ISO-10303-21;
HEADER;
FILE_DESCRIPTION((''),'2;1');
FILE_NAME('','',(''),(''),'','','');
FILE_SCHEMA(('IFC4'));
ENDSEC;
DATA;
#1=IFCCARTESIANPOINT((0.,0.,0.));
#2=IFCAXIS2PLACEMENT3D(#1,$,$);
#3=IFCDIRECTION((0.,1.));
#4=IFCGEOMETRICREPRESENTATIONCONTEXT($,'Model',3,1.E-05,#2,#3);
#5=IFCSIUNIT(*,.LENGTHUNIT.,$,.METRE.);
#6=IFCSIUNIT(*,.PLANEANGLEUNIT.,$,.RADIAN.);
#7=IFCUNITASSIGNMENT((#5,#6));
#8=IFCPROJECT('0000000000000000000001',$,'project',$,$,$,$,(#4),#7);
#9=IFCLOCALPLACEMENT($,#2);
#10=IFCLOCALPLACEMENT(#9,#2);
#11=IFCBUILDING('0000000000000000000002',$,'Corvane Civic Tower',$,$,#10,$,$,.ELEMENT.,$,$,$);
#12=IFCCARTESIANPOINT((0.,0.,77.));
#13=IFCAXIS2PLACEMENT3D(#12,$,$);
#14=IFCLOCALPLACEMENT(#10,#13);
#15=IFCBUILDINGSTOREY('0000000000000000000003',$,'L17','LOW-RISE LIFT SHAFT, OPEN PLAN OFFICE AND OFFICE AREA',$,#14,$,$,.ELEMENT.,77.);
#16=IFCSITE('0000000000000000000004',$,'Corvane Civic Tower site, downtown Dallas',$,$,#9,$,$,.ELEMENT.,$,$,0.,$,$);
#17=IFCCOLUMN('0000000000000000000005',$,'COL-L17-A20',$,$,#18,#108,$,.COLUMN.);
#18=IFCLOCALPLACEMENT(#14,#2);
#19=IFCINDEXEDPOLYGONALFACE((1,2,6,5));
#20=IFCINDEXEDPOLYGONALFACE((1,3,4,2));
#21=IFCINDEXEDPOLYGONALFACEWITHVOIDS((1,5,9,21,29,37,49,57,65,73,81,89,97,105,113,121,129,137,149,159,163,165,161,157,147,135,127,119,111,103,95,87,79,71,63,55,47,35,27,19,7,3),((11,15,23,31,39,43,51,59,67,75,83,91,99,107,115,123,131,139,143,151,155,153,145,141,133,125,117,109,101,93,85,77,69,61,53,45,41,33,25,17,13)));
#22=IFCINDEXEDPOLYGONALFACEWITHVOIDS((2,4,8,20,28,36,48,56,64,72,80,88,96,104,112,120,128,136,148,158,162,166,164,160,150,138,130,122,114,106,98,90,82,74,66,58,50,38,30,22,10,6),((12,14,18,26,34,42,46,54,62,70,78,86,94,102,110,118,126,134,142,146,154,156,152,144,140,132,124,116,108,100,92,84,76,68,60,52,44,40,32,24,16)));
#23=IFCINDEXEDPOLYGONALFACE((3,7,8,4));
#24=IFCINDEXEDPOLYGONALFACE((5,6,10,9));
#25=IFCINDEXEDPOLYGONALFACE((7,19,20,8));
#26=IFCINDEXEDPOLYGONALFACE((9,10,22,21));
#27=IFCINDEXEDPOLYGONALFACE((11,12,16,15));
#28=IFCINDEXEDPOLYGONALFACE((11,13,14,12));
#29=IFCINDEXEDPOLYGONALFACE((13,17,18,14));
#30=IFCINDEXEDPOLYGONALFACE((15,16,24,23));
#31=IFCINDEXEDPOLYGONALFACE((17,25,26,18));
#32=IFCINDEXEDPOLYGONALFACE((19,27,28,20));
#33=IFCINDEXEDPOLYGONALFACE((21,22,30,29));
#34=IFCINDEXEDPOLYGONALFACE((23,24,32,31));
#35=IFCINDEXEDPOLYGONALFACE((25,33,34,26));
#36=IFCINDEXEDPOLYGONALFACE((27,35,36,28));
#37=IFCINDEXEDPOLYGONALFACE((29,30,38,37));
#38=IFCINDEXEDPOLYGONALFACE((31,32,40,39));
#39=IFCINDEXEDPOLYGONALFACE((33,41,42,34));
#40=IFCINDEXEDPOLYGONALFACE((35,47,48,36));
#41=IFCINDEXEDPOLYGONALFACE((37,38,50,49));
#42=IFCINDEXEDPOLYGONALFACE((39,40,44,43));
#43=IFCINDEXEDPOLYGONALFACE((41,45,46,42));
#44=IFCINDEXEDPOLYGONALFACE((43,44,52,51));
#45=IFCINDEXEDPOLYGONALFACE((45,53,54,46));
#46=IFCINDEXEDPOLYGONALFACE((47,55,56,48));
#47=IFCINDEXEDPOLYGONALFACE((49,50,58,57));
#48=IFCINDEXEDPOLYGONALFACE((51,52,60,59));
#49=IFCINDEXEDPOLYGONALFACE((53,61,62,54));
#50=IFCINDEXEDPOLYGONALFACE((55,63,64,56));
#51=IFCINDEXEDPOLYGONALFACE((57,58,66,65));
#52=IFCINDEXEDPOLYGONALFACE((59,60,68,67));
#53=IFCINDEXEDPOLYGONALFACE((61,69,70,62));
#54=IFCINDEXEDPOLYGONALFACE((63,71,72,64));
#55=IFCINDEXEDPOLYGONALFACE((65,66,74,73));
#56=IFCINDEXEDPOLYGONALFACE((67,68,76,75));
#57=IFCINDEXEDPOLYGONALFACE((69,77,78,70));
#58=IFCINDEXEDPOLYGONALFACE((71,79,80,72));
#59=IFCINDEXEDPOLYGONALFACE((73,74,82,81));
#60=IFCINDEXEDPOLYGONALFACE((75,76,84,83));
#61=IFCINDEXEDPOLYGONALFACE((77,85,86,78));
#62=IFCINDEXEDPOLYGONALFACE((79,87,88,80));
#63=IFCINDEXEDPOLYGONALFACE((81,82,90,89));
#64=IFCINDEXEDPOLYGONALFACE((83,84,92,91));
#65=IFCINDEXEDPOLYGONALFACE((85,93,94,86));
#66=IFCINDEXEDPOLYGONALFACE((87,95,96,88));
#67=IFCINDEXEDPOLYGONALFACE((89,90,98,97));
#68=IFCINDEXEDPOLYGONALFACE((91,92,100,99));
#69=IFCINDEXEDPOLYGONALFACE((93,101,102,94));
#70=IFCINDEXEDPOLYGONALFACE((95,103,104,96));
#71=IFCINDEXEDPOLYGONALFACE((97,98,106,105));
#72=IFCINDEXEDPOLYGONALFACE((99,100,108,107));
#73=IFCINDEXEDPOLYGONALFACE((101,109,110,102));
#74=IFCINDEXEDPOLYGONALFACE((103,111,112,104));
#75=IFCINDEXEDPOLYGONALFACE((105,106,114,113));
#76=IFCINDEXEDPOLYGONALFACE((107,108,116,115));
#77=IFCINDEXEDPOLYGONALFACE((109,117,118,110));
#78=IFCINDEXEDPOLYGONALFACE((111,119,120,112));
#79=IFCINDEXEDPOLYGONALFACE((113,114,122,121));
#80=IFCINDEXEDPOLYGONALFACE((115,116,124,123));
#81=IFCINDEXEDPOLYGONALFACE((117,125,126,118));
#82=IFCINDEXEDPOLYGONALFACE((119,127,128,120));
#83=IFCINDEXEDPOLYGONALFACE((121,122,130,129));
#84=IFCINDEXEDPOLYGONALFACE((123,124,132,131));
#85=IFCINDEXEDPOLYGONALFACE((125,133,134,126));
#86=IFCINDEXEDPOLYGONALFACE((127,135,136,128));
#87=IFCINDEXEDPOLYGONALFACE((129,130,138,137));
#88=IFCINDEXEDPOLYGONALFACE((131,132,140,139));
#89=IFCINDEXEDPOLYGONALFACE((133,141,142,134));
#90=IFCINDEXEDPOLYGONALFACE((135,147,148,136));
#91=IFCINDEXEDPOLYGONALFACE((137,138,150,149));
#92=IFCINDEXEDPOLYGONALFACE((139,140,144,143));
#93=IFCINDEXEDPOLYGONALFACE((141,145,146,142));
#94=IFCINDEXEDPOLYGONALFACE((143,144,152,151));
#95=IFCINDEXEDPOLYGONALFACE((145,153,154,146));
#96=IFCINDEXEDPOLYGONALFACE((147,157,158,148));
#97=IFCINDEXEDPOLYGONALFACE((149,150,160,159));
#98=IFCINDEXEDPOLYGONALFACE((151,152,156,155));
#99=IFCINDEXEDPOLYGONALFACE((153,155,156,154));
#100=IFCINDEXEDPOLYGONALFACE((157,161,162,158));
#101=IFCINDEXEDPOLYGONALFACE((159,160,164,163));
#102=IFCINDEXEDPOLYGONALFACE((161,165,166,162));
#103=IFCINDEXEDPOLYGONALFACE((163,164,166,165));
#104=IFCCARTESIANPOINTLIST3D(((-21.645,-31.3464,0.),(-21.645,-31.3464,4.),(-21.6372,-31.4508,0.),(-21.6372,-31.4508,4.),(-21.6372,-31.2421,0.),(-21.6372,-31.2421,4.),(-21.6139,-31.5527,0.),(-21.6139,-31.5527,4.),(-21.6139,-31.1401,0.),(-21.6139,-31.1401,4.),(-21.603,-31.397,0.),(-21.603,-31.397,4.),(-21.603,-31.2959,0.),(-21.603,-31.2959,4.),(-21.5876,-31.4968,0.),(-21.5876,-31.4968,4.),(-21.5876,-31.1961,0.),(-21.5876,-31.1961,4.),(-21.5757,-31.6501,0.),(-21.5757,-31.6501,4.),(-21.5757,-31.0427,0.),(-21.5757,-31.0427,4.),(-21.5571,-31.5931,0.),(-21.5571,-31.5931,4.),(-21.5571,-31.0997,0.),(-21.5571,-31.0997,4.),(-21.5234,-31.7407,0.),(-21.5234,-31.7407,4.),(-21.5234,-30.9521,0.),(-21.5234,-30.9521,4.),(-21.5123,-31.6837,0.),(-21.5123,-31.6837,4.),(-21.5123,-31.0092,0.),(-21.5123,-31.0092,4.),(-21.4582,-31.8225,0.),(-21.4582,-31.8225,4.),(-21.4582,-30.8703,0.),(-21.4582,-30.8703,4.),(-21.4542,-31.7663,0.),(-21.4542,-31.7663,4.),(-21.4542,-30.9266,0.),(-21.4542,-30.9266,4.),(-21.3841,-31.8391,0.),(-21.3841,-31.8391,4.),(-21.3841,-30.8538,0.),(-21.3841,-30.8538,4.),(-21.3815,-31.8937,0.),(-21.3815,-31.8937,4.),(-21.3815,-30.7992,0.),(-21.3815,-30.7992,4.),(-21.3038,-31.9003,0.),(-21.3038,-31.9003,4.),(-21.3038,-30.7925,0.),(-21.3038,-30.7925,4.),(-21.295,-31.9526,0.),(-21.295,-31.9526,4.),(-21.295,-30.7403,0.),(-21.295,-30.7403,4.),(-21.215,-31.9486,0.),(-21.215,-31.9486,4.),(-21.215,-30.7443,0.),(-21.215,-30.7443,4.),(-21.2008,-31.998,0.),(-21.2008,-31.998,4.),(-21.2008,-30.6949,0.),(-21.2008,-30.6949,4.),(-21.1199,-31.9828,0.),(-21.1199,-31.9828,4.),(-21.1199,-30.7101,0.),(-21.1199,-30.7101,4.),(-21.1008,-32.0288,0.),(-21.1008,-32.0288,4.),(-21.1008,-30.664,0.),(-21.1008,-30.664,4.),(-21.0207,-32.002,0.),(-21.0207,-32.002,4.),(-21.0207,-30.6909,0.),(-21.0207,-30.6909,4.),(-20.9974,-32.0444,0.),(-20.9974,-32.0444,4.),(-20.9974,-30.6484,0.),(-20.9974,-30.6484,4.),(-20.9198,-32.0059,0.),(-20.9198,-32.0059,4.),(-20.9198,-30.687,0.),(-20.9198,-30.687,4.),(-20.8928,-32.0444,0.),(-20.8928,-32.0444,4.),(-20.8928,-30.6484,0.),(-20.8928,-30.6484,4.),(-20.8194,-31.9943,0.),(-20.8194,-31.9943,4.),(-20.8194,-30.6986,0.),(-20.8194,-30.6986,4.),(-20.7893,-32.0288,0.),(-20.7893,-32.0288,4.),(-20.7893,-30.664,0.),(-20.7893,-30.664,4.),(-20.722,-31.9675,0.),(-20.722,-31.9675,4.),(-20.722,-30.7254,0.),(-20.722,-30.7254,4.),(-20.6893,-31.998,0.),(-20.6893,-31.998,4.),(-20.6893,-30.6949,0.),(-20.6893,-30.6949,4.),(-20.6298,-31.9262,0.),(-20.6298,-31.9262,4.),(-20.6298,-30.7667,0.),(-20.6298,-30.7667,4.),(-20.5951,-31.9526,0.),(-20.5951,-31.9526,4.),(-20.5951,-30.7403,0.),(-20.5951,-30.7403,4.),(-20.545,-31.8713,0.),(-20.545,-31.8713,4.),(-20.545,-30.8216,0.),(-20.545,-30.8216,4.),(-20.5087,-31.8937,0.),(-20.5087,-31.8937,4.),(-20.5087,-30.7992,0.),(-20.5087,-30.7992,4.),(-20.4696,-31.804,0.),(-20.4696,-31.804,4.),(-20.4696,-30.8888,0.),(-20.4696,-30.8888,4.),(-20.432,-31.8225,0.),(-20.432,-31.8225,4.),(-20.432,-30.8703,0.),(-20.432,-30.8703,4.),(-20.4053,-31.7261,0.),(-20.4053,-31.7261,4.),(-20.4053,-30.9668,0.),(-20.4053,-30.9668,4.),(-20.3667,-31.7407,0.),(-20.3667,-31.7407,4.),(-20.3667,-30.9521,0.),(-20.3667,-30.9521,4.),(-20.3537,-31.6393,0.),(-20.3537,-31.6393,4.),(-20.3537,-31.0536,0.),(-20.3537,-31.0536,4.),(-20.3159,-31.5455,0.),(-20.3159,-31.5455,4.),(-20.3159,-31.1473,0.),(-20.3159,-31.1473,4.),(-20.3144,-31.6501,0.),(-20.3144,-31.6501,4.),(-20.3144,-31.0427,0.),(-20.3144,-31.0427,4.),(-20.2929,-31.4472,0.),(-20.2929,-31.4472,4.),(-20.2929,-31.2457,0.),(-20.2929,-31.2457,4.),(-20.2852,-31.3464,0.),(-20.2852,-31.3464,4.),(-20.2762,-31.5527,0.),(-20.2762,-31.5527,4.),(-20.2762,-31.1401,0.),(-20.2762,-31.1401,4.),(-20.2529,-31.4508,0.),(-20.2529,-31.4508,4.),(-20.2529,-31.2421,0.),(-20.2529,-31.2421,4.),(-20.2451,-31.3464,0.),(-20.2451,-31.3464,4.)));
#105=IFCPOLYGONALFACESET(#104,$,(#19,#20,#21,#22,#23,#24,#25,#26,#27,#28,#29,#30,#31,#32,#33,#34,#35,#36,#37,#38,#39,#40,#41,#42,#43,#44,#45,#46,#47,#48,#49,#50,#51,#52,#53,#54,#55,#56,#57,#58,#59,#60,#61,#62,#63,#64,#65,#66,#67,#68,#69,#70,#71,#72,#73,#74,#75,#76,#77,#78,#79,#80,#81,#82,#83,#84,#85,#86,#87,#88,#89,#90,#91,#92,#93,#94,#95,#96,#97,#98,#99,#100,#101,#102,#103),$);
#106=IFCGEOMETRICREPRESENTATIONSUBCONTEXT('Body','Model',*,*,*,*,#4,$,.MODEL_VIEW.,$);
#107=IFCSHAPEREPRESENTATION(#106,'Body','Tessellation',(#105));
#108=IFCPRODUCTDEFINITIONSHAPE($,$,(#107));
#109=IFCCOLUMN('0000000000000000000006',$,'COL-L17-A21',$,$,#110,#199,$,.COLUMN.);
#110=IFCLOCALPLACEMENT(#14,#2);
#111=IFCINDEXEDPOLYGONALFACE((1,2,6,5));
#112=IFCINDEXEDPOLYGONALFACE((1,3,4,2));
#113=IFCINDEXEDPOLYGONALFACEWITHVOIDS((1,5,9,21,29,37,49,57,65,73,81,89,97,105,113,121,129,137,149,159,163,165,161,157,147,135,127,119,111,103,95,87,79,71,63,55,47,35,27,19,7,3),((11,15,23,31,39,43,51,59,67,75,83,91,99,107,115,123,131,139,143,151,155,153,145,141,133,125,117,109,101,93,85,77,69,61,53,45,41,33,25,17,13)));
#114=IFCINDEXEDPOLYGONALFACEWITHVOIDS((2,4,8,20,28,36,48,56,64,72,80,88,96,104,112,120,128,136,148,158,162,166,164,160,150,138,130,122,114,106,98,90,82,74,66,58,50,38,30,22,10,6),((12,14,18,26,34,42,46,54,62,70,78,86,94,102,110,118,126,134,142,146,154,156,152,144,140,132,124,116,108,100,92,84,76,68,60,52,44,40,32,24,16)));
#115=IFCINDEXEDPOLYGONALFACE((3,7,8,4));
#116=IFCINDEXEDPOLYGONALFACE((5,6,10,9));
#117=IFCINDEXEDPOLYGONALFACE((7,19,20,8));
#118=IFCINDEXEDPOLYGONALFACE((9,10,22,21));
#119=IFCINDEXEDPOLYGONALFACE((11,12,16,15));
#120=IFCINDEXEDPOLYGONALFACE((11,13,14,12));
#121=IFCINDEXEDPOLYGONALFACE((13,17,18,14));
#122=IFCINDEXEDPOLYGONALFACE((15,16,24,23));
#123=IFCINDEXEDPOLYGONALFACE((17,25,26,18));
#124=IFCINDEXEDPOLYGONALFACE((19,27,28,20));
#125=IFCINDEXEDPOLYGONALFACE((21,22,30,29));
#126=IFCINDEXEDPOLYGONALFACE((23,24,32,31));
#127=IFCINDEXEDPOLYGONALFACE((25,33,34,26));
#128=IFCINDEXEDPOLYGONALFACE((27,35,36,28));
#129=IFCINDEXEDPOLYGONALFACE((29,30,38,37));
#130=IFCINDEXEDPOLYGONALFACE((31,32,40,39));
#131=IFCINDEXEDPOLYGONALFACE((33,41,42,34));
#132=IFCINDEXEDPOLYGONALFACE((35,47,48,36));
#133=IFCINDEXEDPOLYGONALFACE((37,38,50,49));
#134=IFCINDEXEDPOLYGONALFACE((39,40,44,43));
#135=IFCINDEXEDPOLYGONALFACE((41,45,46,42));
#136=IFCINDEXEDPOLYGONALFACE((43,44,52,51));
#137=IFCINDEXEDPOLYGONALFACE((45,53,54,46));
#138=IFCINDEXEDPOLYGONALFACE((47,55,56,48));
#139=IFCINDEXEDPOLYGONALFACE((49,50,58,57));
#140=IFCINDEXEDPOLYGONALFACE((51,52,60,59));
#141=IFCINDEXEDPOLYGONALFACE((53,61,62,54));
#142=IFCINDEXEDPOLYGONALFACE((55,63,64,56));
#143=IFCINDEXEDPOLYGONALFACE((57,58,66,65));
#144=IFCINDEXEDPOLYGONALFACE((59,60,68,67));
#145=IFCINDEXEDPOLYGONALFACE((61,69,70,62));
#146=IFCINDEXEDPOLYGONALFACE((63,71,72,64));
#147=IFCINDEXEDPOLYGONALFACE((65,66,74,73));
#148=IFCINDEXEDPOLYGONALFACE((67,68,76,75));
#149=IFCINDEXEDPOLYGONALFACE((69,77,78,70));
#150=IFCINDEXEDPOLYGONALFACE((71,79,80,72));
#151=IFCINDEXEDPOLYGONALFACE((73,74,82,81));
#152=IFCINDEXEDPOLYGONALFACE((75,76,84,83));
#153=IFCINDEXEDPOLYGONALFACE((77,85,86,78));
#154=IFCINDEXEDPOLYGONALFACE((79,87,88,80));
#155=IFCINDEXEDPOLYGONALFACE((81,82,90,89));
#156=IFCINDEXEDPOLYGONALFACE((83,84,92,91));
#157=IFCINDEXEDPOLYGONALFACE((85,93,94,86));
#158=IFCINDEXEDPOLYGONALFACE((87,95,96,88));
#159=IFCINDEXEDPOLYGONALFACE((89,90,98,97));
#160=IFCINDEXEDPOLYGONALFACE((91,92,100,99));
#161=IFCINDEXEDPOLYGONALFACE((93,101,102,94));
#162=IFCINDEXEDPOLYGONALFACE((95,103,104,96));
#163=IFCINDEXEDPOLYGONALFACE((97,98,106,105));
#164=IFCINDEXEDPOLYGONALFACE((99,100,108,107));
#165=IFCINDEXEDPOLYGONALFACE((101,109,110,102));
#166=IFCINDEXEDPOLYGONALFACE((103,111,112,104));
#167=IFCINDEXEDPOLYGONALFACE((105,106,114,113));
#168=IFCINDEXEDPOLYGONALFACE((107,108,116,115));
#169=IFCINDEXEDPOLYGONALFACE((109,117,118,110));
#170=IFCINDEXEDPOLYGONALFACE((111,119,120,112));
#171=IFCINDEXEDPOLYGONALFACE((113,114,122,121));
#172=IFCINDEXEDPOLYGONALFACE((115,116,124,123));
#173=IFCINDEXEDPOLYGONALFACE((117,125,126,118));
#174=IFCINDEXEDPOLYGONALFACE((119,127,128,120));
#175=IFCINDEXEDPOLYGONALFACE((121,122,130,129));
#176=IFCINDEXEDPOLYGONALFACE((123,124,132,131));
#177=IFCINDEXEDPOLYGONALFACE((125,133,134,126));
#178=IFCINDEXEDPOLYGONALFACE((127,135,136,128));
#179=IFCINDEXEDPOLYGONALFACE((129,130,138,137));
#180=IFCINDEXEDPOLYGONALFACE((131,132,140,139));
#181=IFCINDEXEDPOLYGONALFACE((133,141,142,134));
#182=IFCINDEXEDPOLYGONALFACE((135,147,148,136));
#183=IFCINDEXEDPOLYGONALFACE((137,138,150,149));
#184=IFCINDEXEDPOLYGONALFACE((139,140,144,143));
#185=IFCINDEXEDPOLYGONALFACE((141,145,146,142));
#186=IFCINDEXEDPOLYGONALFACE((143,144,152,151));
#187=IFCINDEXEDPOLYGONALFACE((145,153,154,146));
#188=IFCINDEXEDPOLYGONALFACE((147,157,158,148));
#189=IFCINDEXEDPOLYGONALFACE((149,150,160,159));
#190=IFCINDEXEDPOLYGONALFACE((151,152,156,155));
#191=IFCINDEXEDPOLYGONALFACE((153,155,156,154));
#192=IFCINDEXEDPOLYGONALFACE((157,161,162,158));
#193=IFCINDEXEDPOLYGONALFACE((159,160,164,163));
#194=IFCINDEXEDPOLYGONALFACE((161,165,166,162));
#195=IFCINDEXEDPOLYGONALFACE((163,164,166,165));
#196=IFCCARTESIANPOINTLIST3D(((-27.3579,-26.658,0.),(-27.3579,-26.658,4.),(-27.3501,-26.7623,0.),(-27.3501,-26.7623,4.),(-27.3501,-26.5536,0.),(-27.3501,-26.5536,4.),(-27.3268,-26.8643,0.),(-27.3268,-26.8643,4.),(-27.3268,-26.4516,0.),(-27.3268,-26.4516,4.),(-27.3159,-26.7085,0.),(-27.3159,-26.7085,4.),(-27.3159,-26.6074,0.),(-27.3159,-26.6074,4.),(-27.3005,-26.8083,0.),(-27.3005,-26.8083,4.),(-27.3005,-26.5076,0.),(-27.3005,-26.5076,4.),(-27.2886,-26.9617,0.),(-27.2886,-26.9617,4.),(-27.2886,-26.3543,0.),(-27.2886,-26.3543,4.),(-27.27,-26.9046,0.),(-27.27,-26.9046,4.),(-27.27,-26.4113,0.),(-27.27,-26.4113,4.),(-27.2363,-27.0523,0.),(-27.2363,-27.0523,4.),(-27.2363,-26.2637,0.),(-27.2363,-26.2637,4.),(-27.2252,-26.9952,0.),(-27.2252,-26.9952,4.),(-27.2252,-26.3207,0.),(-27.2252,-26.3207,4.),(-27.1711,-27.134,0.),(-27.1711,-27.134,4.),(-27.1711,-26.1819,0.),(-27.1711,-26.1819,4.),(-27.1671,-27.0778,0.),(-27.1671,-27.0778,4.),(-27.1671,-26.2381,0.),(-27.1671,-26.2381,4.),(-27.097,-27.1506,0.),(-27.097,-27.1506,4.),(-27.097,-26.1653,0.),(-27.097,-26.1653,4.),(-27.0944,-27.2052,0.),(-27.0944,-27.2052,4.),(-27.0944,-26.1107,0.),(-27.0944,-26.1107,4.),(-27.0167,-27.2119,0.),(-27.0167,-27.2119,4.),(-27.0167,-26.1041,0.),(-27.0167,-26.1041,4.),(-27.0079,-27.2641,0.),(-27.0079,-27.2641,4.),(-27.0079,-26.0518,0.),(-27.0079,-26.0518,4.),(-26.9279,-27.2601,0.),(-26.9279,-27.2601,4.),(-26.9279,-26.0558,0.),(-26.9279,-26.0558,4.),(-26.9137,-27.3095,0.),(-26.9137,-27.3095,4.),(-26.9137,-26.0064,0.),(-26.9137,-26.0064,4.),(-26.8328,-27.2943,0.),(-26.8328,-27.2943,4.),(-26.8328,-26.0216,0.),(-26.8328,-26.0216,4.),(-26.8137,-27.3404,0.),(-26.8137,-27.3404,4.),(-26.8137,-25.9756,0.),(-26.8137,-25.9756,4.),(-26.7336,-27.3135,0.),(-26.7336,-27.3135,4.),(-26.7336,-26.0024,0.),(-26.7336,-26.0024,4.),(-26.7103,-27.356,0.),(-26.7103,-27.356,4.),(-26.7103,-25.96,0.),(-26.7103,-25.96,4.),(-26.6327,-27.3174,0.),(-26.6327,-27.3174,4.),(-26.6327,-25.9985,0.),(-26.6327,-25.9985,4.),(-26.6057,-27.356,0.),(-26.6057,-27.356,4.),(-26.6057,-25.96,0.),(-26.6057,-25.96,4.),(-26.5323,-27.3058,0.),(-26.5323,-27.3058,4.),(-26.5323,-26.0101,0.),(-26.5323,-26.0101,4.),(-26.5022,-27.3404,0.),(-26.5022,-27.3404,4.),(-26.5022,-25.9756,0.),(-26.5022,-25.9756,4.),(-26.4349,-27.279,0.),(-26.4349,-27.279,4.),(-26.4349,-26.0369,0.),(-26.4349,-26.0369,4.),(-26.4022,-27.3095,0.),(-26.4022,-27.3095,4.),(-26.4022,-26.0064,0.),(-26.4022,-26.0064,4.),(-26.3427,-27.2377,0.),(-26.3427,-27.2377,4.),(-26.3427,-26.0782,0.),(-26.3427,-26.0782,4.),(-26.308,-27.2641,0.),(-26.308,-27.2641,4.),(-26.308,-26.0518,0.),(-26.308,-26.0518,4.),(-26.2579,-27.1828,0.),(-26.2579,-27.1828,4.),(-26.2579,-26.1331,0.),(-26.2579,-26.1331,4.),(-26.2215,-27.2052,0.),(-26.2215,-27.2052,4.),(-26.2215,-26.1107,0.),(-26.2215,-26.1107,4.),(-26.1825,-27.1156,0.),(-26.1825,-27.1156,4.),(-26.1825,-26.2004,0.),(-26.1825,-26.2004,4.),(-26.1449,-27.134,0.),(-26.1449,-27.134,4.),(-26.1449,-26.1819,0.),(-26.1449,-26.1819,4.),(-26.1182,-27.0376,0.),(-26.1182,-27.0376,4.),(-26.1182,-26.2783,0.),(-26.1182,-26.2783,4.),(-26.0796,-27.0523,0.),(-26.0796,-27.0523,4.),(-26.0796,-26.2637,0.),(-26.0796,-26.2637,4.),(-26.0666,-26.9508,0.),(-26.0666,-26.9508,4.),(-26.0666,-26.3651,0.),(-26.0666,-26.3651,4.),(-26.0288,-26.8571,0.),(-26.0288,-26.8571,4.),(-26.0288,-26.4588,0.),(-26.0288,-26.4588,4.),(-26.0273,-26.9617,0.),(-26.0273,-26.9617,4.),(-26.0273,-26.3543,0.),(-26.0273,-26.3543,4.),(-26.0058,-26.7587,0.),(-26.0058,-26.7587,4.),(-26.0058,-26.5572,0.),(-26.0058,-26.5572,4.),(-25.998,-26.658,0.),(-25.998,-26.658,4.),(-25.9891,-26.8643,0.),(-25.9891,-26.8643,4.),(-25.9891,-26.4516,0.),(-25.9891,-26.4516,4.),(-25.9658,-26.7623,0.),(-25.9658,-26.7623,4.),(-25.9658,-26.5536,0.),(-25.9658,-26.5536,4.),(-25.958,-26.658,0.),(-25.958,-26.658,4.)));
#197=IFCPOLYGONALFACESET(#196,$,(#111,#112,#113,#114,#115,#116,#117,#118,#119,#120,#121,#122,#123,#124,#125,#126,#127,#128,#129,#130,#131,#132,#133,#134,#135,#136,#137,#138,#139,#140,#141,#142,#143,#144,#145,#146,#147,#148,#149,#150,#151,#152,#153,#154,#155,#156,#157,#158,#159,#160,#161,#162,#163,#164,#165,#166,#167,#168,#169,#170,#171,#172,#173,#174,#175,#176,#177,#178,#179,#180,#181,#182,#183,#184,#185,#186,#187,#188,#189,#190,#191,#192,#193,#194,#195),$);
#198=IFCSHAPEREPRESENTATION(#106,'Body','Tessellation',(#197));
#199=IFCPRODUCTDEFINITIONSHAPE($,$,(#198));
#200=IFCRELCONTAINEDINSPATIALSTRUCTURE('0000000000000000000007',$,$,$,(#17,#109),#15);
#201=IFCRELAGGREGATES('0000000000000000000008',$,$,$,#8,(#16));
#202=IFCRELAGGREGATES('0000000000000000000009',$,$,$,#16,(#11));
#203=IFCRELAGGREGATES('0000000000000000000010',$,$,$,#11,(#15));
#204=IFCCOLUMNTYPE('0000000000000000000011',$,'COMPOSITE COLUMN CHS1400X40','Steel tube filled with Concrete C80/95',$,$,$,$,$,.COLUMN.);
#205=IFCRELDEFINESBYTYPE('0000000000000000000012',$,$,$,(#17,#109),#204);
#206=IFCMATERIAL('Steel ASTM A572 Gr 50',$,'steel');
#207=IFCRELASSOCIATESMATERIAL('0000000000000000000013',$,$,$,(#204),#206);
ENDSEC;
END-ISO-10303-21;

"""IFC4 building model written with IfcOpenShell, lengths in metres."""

from ifc_helpers import new_model, si_unit, direction, frame, origin, origin_2d, place, context, subcontext, project, spatial, hollow_circle, extrude, material, material_profile, profile_set, type_object, element, save


model = new_model("IFC4")

# Units and contexts
model_context = context("Model", 3, precision=1e-05, world=origin(), true_north=direction((0.0, 1.0)))
body_context = subcontext(model_context, "Body", "Model", "MODEL_VIEW")
ifc_project = project(units=[si_unit("LENGTHUNIT", "METRE"), si_unit("PLANEANGLEUNIT", "RADIAN")], contexts=[model_context])

# Site, building, storey
site_placement = place(None, origin())
site = spatial("IfcSite", under=ifc_project, at=site_placement, Name="Corvane Civic Tower site, downtown Dallas", CompositionType="ELEMENT", RefElevation=0.0)
building_placement = place(site_placement, origin())
building = spatial("IfcBuilding", under=site, at=building_placement, Name="Corvane Civic Tower", CompositionType="ELEMENT")
storey_placement = place(building_placement, frame((0.0, 0.0, 77.0)))
storey = spatial("IfcBuildingStorey", under=building, at=storey_placement, Name="L17", Description="LOW-RISE LIFT SHAFT, OPEN PLAN OFFICE AND OFFICE AREA", CompositionType="ELEMENT", Elevation=77.0)

# Columns
ifc_material_1 = material(Name="Steel ASTM A572 Gr 50", Category="steel")
ifc_material_profile_1 = material_profile(ifc_material_1, hollow_circle(Radius=0.7, WallThickness=0.04, at=origin_2d()), Name="CHS1400X40")
ifc_profile_set_1 = profile_set([ifc_material_profile_1], Name="Steel ASTM A572 Gr 50")
column_type = type_object("IfcColumnType", Name="COMPOSITE COLUMN CHS1400X40", Description="Steel tube filled with Concrete C80/95", PredefinedType="COLUMN", material=ifc_profile_set_1)
for number, where, z_axis, x_axis, name in (
    (1, (-20.9451, -31.3464, 0.0), (0.0, 0.0, 1.0), (1.0, 0.0, 0.0), "COL-L17-A20"),
    (2, (-26.658, -26.658, 0.0), (0.0, 0.0, 1.0), (1.0, 0.0, 0.0), "COL-L17-A21"),
):
    element("IfcColumn", number, at=place(storey_placement, frame(where, z_axis=z_axis, x_axis=x_axis)), inside=storey, type_object=column_type, Name=name, PredefinedType="COLUMN", context=body_context, shape_type="SweptSolid", body=[
        extrude(hollow_circle(Radius=0.7, WallThickness=0.04, at=origin_2d()), origin(), (0.0, 0.0, 1.0), 4.0),
    ])

save(model, "model.ifc")
